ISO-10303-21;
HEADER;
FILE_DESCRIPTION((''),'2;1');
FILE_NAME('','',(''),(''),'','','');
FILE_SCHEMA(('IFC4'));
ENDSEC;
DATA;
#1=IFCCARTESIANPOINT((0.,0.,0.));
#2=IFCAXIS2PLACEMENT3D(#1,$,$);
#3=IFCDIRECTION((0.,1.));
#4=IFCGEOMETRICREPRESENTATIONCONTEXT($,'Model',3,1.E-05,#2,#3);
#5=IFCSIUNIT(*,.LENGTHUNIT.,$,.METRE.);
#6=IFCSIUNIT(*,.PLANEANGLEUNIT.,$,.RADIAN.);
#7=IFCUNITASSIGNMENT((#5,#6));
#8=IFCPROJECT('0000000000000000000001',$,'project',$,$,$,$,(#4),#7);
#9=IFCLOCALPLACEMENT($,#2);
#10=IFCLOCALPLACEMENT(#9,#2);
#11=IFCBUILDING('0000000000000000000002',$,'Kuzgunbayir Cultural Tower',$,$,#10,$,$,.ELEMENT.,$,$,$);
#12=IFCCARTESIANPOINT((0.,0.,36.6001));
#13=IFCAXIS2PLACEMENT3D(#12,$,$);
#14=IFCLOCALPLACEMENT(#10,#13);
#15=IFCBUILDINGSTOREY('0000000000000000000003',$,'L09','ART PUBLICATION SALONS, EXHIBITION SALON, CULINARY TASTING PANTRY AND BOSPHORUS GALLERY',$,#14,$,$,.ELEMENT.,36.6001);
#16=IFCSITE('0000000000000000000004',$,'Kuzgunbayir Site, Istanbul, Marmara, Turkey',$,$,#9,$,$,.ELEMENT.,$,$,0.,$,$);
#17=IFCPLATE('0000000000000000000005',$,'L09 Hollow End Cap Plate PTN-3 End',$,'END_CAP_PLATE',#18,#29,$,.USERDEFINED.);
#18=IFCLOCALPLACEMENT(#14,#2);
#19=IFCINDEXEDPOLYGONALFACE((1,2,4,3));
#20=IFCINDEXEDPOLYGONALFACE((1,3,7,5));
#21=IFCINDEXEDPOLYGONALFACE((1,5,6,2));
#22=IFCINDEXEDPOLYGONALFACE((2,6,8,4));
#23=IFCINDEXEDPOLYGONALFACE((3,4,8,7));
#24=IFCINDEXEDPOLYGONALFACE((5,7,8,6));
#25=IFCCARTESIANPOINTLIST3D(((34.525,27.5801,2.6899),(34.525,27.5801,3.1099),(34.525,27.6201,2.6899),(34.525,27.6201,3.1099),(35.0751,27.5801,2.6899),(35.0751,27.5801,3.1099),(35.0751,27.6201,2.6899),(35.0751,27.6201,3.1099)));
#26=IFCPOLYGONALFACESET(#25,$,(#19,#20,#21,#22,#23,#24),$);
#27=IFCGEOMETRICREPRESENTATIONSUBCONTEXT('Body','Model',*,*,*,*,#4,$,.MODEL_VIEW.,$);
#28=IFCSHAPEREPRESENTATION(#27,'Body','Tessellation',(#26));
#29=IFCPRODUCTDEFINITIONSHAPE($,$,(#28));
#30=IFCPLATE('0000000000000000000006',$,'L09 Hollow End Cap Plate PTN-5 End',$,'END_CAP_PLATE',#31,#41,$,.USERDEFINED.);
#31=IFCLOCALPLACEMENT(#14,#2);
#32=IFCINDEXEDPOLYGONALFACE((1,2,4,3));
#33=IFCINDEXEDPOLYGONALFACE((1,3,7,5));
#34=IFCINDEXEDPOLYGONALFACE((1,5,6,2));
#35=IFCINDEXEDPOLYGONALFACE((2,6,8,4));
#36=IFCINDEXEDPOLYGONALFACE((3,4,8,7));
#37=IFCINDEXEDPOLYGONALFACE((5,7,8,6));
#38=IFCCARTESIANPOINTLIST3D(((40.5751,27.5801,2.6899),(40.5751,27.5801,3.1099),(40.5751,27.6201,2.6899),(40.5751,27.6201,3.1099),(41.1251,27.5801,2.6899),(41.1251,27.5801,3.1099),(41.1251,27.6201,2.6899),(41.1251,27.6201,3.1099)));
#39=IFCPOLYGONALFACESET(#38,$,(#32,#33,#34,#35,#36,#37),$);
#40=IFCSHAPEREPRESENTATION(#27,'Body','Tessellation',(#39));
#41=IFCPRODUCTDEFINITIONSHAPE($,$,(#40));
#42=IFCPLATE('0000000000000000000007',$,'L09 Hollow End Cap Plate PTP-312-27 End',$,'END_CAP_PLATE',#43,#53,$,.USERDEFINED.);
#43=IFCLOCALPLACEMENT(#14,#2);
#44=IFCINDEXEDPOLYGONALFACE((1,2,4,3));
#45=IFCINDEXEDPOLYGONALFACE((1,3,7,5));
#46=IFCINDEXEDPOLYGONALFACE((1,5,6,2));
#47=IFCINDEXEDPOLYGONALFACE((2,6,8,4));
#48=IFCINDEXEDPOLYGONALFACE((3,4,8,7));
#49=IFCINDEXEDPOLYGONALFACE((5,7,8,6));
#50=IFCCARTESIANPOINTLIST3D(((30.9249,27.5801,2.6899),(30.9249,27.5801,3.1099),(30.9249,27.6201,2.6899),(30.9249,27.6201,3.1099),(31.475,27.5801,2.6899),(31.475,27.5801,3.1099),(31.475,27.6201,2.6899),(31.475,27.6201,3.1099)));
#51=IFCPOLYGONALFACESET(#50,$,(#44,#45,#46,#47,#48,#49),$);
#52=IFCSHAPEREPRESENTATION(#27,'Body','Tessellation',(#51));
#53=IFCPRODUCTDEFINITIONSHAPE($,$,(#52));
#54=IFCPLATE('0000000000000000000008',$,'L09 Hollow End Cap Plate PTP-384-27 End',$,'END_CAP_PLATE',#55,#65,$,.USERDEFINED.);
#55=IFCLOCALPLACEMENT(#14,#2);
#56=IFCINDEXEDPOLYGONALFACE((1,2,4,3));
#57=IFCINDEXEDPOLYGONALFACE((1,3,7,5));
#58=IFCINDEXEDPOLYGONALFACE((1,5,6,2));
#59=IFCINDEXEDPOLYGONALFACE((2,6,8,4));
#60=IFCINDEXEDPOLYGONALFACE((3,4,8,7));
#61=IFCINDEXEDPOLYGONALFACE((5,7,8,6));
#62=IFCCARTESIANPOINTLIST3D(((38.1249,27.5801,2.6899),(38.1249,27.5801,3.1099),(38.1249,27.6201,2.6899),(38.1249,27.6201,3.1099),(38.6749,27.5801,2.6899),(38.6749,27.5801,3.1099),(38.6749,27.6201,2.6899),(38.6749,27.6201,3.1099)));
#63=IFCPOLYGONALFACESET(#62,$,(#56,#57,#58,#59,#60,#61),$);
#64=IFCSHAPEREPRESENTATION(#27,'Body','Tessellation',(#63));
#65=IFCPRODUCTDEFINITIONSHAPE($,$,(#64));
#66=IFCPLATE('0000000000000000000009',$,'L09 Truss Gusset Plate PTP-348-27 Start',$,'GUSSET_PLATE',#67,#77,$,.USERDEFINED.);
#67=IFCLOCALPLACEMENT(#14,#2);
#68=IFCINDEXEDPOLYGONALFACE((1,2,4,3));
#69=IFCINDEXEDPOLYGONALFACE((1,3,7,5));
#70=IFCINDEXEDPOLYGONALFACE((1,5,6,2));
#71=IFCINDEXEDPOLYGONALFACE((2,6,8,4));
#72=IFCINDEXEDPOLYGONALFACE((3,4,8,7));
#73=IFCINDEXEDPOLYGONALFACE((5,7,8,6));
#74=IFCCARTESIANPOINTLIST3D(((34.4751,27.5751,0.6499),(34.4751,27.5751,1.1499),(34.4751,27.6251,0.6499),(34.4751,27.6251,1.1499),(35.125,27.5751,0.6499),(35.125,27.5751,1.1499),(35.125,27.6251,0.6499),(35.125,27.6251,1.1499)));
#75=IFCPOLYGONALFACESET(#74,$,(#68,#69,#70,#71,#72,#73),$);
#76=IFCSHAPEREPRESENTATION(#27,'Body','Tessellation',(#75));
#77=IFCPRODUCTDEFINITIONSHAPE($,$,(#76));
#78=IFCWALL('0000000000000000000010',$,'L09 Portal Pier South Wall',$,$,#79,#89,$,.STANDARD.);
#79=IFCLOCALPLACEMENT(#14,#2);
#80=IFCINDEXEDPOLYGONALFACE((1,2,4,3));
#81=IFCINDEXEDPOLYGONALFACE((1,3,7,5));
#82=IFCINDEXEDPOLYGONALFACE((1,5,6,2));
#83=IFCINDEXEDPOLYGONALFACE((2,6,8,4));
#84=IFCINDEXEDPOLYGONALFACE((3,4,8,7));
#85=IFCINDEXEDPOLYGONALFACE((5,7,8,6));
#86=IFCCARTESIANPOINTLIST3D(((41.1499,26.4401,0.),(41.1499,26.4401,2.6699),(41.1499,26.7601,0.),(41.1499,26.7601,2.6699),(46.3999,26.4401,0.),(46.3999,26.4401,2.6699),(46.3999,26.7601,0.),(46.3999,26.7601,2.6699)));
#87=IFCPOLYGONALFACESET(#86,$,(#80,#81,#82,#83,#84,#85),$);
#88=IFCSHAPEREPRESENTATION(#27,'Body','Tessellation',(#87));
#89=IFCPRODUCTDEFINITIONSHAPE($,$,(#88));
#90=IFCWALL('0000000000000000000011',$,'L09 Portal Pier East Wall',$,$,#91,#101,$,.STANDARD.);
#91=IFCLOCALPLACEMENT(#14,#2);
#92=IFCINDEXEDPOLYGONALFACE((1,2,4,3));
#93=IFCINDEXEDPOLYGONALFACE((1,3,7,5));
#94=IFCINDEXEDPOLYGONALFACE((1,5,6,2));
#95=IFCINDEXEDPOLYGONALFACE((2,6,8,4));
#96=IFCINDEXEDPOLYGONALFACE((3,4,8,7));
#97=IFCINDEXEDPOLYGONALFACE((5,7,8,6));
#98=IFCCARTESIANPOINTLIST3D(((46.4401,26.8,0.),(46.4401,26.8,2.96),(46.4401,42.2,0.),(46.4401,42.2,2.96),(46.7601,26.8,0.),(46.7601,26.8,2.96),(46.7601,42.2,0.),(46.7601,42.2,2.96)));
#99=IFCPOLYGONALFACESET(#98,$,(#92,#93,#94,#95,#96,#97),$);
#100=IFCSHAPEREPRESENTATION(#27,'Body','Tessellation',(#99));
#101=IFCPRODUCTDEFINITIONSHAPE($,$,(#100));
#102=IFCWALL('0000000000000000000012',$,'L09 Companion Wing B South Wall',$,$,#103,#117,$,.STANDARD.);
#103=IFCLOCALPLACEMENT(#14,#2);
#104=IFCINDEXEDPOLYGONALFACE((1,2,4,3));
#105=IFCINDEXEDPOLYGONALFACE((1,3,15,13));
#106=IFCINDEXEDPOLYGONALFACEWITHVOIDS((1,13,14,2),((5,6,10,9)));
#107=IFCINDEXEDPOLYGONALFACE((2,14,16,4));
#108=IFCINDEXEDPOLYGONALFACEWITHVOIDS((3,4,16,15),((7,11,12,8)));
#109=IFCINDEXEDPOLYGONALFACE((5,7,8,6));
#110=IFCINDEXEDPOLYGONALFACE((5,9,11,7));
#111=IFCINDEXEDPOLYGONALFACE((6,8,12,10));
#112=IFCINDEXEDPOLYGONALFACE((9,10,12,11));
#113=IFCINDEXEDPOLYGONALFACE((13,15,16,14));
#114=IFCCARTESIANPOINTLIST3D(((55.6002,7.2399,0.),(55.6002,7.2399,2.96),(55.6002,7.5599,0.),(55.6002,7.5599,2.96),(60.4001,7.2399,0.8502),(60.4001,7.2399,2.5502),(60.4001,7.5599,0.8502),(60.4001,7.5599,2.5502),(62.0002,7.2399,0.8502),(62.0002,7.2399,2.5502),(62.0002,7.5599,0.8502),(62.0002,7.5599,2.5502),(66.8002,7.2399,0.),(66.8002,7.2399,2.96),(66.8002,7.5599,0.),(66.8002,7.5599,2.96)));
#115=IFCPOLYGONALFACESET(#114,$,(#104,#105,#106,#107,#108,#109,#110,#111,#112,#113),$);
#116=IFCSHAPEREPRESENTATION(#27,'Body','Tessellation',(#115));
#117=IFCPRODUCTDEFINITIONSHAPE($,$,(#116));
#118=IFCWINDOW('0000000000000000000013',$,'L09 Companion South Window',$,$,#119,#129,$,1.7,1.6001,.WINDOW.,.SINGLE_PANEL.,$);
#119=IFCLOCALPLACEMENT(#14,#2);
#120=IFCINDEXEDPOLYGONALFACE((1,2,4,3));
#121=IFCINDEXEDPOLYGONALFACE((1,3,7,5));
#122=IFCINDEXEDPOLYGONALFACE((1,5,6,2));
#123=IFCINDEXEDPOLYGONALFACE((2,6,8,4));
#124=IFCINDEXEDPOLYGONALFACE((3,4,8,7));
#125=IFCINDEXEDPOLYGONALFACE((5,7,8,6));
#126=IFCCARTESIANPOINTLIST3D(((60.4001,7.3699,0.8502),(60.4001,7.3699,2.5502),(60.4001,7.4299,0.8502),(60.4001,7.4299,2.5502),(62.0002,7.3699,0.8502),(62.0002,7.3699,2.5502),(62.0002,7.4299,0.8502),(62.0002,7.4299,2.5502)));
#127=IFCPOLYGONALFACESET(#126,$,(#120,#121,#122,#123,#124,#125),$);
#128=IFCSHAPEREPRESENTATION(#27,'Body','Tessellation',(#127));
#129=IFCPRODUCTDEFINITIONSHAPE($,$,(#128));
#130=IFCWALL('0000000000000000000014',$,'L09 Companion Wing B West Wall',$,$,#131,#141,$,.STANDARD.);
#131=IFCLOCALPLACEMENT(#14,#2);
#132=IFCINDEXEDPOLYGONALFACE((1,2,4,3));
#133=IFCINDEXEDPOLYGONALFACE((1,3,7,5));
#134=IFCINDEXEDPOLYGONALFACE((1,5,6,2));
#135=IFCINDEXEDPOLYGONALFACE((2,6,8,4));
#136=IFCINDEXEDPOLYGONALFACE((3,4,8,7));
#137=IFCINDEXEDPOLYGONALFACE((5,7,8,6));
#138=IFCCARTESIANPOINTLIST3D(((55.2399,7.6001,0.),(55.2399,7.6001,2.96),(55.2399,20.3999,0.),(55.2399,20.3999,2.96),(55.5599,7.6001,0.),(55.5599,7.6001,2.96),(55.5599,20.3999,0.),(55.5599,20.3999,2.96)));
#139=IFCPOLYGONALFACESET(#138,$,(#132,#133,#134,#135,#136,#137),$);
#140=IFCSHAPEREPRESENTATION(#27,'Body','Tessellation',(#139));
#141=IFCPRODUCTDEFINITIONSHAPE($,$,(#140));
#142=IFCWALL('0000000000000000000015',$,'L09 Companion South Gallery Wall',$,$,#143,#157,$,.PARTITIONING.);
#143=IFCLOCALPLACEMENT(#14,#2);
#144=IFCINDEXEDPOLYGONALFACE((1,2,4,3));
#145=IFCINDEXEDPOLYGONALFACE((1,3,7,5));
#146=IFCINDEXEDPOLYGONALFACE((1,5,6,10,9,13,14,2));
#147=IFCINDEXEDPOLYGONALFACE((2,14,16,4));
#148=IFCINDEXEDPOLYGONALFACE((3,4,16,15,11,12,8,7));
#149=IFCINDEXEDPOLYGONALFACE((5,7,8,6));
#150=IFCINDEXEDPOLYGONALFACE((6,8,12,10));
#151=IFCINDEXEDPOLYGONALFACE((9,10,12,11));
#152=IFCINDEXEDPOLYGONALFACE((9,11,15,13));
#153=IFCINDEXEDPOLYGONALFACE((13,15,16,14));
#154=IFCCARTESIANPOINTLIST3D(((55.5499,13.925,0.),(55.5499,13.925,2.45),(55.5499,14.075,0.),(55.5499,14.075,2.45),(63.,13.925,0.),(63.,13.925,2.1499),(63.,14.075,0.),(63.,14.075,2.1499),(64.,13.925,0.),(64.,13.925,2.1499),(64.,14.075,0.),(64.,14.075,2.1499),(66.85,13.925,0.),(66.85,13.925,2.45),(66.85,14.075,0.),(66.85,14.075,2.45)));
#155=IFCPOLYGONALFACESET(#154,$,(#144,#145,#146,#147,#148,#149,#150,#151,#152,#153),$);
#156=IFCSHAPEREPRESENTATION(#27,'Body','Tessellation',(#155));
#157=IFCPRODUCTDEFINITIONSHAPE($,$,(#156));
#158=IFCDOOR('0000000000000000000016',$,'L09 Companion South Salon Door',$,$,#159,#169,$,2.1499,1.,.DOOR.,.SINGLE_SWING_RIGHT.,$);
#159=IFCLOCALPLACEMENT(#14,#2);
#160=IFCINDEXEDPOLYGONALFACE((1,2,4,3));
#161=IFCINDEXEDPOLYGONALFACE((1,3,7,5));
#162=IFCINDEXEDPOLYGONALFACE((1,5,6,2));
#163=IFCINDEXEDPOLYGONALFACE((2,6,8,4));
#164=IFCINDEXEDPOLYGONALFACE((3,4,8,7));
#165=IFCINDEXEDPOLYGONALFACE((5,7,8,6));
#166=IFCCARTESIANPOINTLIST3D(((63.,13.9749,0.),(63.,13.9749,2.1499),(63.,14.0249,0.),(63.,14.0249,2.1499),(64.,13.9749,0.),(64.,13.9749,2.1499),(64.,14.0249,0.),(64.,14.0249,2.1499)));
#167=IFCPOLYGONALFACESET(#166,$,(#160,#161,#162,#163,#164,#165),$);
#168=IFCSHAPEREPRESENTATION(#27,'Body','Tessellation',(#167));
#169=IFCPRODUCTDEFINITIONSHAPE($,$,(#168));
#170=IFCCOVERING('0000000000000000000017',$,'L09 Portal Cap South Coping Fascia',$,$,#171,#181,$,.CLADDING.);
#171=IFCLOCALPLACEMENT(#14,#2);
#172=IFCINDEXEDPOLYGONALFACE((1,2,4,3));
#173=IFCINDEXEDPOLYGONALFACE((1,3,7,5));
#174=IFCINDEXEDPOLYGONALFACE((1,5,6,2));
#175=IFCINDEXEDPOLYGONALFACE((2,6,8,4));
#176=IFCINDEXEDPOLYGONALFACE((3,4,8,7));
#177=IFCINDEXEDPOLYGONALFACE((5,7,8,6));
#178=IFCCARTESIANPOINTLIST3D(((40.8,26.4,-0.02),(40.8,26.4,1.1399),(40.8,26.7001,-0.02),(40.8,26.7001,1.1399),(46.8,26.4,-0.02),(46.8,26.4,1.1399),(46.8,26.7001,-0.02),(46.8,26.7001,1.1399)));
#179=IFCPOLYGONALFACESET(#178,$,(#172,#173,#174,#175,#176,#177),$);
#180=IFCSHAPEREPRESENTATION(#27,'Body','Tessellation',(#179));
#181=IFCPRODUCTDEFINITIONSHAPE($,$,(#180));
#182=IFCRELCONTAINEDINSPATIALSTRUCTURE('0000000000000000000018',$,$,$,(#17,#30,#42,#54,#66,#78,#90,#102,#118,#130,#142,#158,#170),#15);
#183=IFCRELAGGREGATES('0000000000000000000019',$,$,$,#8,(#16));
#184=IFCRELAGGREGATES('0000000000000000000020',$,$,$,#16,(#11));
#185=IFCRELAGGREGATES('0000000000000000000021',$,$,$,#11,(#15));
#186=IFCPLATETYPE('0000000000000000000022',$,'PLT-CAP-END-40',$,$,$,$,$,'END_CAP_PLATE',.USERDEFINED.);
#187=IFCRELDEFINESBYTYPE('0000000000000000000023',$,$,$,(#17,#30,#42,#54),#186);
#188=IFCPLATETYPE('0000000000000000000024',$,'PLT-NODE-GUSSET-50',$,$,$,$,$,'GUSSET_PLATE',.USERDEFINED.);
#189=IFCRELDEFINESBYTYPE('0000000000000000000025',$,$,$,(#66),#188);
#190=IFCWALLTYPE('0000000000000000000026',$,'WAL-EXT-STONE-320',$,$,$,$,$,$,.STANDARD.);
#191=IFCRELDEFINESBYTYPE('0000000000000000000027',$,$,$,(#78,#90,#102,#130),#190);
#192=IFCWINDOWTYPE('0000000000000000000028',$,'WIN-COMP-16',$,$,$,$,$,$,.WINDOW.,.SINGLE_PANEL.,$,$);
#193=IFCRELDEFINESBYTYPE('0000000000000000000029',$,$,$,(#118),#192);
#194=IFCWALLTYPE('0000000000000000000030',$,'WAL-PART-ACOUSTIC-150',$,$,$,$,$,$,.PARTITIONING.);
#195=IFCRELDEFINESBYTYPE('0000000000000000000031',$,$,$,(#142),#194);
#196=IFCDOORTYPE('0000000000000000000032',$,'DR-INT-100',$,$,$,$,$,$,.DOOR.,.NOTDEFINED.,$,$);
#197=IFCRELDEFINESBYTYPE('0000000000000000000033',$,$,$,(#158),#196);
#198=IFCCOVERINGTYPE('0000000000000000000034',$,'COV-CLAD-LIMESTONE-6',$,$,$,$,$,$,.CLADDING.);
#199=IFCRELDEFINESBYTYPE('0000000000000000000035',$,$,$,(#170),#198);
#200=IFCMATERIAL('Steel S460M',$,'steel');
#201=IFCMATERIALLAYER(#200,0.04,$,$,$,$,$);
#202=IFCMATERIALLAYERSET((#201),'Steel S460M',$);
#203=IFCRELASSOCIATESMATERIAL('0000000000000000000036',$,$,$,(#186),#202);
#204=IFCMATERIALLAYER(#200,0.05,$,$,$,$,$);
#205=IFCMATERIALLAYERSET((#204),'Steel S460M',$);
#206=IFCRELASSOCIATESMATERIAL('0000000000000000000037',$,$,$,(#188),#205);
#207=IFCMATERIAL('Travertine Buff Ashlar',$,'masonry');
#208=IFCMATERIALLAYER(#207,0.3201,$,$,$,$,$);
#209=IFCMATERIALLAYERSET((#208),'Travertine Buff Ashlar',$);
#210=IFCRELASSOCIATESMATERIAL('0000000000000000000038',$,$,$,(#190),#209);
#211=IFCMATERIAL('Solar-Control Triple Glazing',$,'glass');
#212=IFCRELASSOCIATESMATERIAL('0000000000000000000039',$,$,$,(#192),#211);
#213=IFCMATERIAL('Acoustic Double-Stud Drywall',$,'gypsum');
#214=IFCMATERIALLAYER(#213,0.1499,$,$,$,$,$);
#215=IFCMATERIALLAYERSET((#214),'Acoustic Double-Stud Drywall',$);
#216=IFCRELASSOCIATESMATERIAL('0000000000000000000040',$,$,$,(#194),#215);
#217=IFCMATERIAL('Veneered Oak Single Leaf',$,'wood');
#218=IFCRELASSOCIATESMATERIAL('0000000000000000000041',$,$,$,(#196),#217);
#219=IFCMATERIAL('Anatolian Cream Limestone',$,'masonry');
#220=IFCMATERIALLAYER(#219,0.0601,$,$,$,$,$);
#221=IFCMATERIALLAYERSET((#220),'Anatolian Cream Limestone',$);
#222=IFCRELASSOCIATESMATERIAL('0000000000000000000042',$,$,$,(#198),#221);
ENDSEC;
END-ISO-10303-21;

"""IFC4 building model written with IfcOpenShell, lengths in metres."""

from ifc_helpers import new_model, si_unit, direction, frame, frame_2d, origin, origin_2d, place, context, subcontext, project, spatial, rectangle, extrude, material, layer, layer_set, type_object, element, fill, save


model = new_model("IFC4")

# Units and contexts
model_context = context("Model", 3, precision=1e-05, world=origin(), true_north=direction((0.0, 1.0)))
body_context = subcontext(model_context, "Body", "Model", "MODEL_VIEW")
ifc_project = project(units=[si_unit("LENGTHUNIT", "METRE"), si_unit("PLANEANGLEUNIT", "RADIAN")], contexts=[model_context])

# Site, building, storey
site_placement = place(None, origin())
site = spatial("IfcSite", under=ifc_project, at=site_placement, Name="Kuzgunbayir Site, Istanbul, Marmara, Turkey", CompositionType="ELEMENT", RefElevation=0.0)
building_placement = place(site_placement, origin())
building = spatial("IfcBuilding", under=site, at=building_placement, Name="Kuzgunbayir Cultural Tower", CompositionType="ELEMENT")
storey_placement = place(building_placement, frame((0.0, 0.0, 36.6001)))
storey = spatial("IfcBuildingStorey", under=building, at=storey_placement, Name="L09", Description="ART PUBLICATION SALONS, EXHIBITION SALON, CULINARY TASTING PANTRY AND BOSPHORUS GALLERY", CompositionType="ELEMENT", Elevation=36.6001)

# Plates
ifc_material_1 = material(Name="Steel S460M", Category="steel")
ifc_layer_1 = layer(ifc_material_1, 0.04)
ifc_layer_set_1 = layer_set([ifc_layer_1], Name="Steel S460M")
plate_type_1 = type_object("IfcPlateType", Name="PLT-CAP-END-40", ElementType="END_CAP_PLATE", PredefinedType="USERDEFINED", material=ifc_layer_set_1)
for number, where, z_axis, x_axis, name in (
    (1, (34.8, 27.6001, 2.6899), (0.0, 0.0, 1.0), (1.0, 0.0, 0.0), "L09 Hollow End Cap Plate PTN-3 End"),
    (2, (40.8501, 27.6001, 2.6899), (0.0, 0.0, 1.0), (1.0, 0.0, 0.0), "L09 Hollow End Cap Plate PTN-5 End"),
    (3, (31.2, 27.6001, 2.6899), (0.0, 0.0, 1.0), (1.0, 0.0, 0.0), "L09 Hollow End Cap Plate PTP-312-27 End"),
    (4, (38.3999, 27.6001, 2.6899), (0.0, 0.0, 1.0), (1.0, 0.0, 0.0), "L09 Hollow End Cap Plate PTP-384-27 End"),
):
    element("IfcPlate", number, at=place(storey_placement, frame(where, z_axis=z_axis, x_axis=x_axis)), inside=storey, type_object=plate_type_1, Name=name, ObjectType="END_CAP_PLATE", PredefinedType="USERDEFINED", context=body_context, shape_type="SweptSolid", body=[
        extrude(rectangle(XDim=0.55, YDim=0.04, at=origin_2d()), origin(), (0.0, 0.0, 1.0), 0.4199),
    ])
ifc_layer_2 = layer(ifc_material_1, 0.05)
ifc_layer_set_2 = layer_set([ifc_layer_2], Name="Steel S460M")
plate_type_2 = type_object("IfcPlateType", Name="PLT-NODE-GUSSET-50", ElementType="GUSSET_PLATE", PredefinedType="USERDEFINED", material=ifc_layer_set_2)
plate_placement = place(storey_placement, frame((34.8, 27.6001, 0.6499), z_axis=(0.0, 0.0, 1.0), x_axis=(1.0, 0.0, 0.0)))
element("IfcPlate", 5, at=plate_placement, inside=storey, type_object=plate_type_2, Name="L09 Truss Gusset Plate PTP-348-27 Start", ObjectType="GUSSET_PLATE", PredefinedType="USERDEFINED", context=body_context, shape_type="SweptSolid", body=[
    extrude(rectangle(XDim=0.6499, YDim=0.05, at=origin_2d()), origin(), (0.0, 0.0, 1.0), 0.5),
])

# Walls
ifc_material_2 = material(Name="Travertine Buff Ashlar", Category="masonry")
ifc_layer_3 = layer(ifc_material_2, 0.3201)
ifc_layer_set_3 = layer_set([ifc_layer_3], Name="Travertine Buff Ashlar")
wall_type_1 = type_object("IfcWallType", Name="WAL-EXT-STONE-320", PredefinedType="STANDARD", material=ifc_layer_set_3)
wall_1_placement = place(storey_placement, frame((41.1499, 26.6001, 0.0), z_axis=(0.0, 0.0, 1.0), x_axis=(1.0, 0.0, 0.0)))
element("IfcWall", 6, at=wall_1_placement, inside=storey, type_object=wall_type_1, Name="L09 Portal Pier South Wall", PredefinedType="STANDARD", context=body_context, shape_type="SweptSolid", body=[
    extrude(rectangle(XDim=5.25, YDim=0.3201, at=frame_2d((2.625, 0.0))), origin(), (0.0, 0.0, 1.0), 2.6699),
])
wall_2_placement = place(storey_placement, frame((46.6001, 26.8, 0.0), z_axis=(0.0, 0.0, 1.0), x_axis=(0.0, 1.0, 0.0)))
element("IfcWall", 7, at=wall_2_placement, inside=storey, type_object=wall_type_1, Name="L09 Portal Pier East Wall", PredefinedType="STANDARD", context=body_context, shape_type="SweptSolid", body=[
    extrude(rectangle(XDim=15.3999, YDim=0.3201, at=frame_2d((7.7, 0.0))), origin(), (0.0, 0.0, 1.0), 2.96),
])

# Wall, opening, window
wall_3_placement = place(storey_placement, frame((55.6001, 7.3999, 0.0), z_axis=(0.0, 0.0, 1.0), x_axis=(1.0, 0.0, 0.0)))
wall_3 = element("IfcWall", 8, at=wall_3_placement, inside=storey, type_object=wall_type_1, Name="L09 Companion Wing B South Wall", PredefinedType="STANDARD", context=body_context, shape_type="SweptSolid", body=[
    extrude(rectangle(XDim=11.2, YDim=0.3201, at=frame_2d((5.6001, 0.0))), origin(), (0.0, 0.0, 1.0), 2.96),
])
opening_1_placement = place(wall_3_placement, frame((4.8, 0.0, 0.8501)))
opening_1 = element("IfcOpeningElement", 9, at=opening_1_placement, cuts=wall_3, PredefinedType="OPENING", context=body_context, shape_type="SweptSolid", body=[
    extrude(rectangle(XDim=1.6001, YDim=1.7, at=frame_2d((0.8, 0.8501))), frame((0.0, 0.1699, 0.0), z_axis=(0.0, -1.0, 0.0), x_axis=(1.0, 0.0, 0.0)), (0.0, 0.0, 1.0), 0.3401),
])
ifc_material_3 = material(Name="Solar-Control Triple Glazing", Category="glass")
window_type = type_object("IfcWindowType", Name="WIN-COMP-16", PartitioningType="SINGLE_PANEL", PredefinedType="WINDOW", material=ifc_material_3)
window_placement = place(opening_1_placement, origin())
window = element("IfcWindow", 10, at=window_placement, inside=storey, type_object=window_type, Name="L09 Companion South Window", OverallHeight=1.7, OverallWidth=1.6001, PartitioningType="SINGLE_PANEL", PredefinedType="WINDOW", context=body_context, shape_type="SweptSolid", body=[
    extrude(rectangle(XDim=1.6001, YDim=1.7, at=frame_2d((0.8, 0.8501))), frame((0.0, 0.03, 0.0), z_axis=(0.0, -1.0, 0.0), x_axis=(1.0, 0.0, 0.0)), (0.0, 0.0, 1.0), 0.0601),
])
fill(opening_1, window)

# Wall
wall_4_placement = place(storey_placement, frame((55.3999, 20.3999, 0.0), z_axis=(0.0, 0.0, 1.0), x_axis=(0.0, -1.0, 0.0)))
element("IfcWall", 11, at=wall_4_placement, inside=storey, type_object=wall_type_1, Name="L09 Companion Wing B West Wall", PredefinedType="STANDARD", context=body_context, shape_type="SweptSolid", body=[
    extrude(rectangle(XDim=12.7998, YDim=0.3201, at=frame_2d((6.3999, 0.0))), origin(), (0.0, 0.0, 1.0), 2.96),
])

# Wall, opening, door
ifc_material_4 = material(Name="Acoustic Double-Stud Drywall", Category="gypsum")
ifc_layer_4 = layer(ifc_material_4, 0.1499)
ifc_layer_set_4 = layer_set([ifc_layer_4], Name="Acoustic Double-Stud Drywall")
wall_type_2 = type_object("IfcWallType", Name="WAL-PART-ACOUSTIC-150", PredefinedType="PARTITIONING", material=ifc_layer_set_4)
wall_5_placement = place(storey_placement, frame((55.55, 14.0, 0.0), z_axis=(0.0, 0.0, 1.0), x_axis=(1.0, 0.0, 0.0)))
wall_5 = element("IfcWall", 12, at=wall_5_placement, inside=storey, type_object=wall_type_2, Name="L09 Companion South Gallery Wall", PredefinedType="PARTITIONING", context=body_context, shape_type="SweptSolid", body=[
    extrude(rectangle(XDim=11.3, YDim=0.1499, at=frame_2d((5.6499, 0.0))), origin(), (0.0, 0.0, 1.0), 2.45),
])
opening_2_placement = place(wall_5_placement, frame((7.45, 0.0, 0.0)))
opening_2 = element("IfcOpeningElement", 13, at=opening_2_placement, cuts=wall_5, PredefinedType="OPENING", context=body_context, shape_type="SweptSolid", body=[
    extrude(rectangle(XDim=1.0, YDim=2.1499, at=frame_2d((0.5, 1.075))), frame((0.0, 0.085, 0.0), z_axis=(0.0, -1.0, 0.0), x_axis=(1.0, 0.0, 0.0)), (0.0, 0.0, 1.0), 0.1699),
])
ifc_material_5 = material(Name="Veneered Oak Single Leaf", Category="wood")
door_type = type_object("IfcDoorType", Name="DR-INT-100", OperationType="NOTDEFINED", PredefinedType="DOOR", material=ifc_material_5)
door_placement = place(opening_2_placement, origin())
door = element("IfcDoor", 14, at=door_placement, inside=storey, type_object=door_type, Name="L09 Companion South Salon Door", OperationType="SINGLE_SWING_RIGHT", OverallHeight=2.1499, OverallWidth=1.0, PredefinedType="DOOR", context=body_context, shape_type="SweptSolid", body=[
    extrude(rectangle(XDim=1.0, YDim=2.1499, at=frame_2d((0.5, 1.075))), frame((0.0, 0.0249, 0.0), z_axis=(0.0, -1.0, 0.0), x_axis=(1.0, 0.0, 0.0)), (0.0, 0.0, 1.0), 0.05),
])
fill(opening_2, door)

# Covering
ifc_material_6 = material(Name="Anatolian Cream Limestone", Category="masonry")
ifc_layer_5 = layer(ifc_material_6, 0.0601)
ifc_layer_set_5 = layer_set([ifc_layer_5], Name="Anatolian Cream Limestone")
covering_type = type_object("IfcCoveringType", Name="COV-CLAD-LIMESTONE-6", PredefinedType="CLADDING", material=ifc_layer_set_5)
covering_placement = place(storey_placement, frame((43.8, 26.55, -0.02), z_axis=(0.0, 0.0, 1.0), x_axis=(1.0, 0.0, 0.0)))
element("IfcCovering", 15, at=covering_placement, inside=storey, type_object=covering_type, Name="L09 Portal Cap South Coping Fascia", PredefinedType="CLADDING", context=body_context, shape_type="SweptSolid", body=[
    extrude(rectangle(XDim=6.0, YDim=0.3, at=origin_2d()), origin(), (0.0, 0.0, 1.0), 1.1599),
])

save(model, "model.ifc")
